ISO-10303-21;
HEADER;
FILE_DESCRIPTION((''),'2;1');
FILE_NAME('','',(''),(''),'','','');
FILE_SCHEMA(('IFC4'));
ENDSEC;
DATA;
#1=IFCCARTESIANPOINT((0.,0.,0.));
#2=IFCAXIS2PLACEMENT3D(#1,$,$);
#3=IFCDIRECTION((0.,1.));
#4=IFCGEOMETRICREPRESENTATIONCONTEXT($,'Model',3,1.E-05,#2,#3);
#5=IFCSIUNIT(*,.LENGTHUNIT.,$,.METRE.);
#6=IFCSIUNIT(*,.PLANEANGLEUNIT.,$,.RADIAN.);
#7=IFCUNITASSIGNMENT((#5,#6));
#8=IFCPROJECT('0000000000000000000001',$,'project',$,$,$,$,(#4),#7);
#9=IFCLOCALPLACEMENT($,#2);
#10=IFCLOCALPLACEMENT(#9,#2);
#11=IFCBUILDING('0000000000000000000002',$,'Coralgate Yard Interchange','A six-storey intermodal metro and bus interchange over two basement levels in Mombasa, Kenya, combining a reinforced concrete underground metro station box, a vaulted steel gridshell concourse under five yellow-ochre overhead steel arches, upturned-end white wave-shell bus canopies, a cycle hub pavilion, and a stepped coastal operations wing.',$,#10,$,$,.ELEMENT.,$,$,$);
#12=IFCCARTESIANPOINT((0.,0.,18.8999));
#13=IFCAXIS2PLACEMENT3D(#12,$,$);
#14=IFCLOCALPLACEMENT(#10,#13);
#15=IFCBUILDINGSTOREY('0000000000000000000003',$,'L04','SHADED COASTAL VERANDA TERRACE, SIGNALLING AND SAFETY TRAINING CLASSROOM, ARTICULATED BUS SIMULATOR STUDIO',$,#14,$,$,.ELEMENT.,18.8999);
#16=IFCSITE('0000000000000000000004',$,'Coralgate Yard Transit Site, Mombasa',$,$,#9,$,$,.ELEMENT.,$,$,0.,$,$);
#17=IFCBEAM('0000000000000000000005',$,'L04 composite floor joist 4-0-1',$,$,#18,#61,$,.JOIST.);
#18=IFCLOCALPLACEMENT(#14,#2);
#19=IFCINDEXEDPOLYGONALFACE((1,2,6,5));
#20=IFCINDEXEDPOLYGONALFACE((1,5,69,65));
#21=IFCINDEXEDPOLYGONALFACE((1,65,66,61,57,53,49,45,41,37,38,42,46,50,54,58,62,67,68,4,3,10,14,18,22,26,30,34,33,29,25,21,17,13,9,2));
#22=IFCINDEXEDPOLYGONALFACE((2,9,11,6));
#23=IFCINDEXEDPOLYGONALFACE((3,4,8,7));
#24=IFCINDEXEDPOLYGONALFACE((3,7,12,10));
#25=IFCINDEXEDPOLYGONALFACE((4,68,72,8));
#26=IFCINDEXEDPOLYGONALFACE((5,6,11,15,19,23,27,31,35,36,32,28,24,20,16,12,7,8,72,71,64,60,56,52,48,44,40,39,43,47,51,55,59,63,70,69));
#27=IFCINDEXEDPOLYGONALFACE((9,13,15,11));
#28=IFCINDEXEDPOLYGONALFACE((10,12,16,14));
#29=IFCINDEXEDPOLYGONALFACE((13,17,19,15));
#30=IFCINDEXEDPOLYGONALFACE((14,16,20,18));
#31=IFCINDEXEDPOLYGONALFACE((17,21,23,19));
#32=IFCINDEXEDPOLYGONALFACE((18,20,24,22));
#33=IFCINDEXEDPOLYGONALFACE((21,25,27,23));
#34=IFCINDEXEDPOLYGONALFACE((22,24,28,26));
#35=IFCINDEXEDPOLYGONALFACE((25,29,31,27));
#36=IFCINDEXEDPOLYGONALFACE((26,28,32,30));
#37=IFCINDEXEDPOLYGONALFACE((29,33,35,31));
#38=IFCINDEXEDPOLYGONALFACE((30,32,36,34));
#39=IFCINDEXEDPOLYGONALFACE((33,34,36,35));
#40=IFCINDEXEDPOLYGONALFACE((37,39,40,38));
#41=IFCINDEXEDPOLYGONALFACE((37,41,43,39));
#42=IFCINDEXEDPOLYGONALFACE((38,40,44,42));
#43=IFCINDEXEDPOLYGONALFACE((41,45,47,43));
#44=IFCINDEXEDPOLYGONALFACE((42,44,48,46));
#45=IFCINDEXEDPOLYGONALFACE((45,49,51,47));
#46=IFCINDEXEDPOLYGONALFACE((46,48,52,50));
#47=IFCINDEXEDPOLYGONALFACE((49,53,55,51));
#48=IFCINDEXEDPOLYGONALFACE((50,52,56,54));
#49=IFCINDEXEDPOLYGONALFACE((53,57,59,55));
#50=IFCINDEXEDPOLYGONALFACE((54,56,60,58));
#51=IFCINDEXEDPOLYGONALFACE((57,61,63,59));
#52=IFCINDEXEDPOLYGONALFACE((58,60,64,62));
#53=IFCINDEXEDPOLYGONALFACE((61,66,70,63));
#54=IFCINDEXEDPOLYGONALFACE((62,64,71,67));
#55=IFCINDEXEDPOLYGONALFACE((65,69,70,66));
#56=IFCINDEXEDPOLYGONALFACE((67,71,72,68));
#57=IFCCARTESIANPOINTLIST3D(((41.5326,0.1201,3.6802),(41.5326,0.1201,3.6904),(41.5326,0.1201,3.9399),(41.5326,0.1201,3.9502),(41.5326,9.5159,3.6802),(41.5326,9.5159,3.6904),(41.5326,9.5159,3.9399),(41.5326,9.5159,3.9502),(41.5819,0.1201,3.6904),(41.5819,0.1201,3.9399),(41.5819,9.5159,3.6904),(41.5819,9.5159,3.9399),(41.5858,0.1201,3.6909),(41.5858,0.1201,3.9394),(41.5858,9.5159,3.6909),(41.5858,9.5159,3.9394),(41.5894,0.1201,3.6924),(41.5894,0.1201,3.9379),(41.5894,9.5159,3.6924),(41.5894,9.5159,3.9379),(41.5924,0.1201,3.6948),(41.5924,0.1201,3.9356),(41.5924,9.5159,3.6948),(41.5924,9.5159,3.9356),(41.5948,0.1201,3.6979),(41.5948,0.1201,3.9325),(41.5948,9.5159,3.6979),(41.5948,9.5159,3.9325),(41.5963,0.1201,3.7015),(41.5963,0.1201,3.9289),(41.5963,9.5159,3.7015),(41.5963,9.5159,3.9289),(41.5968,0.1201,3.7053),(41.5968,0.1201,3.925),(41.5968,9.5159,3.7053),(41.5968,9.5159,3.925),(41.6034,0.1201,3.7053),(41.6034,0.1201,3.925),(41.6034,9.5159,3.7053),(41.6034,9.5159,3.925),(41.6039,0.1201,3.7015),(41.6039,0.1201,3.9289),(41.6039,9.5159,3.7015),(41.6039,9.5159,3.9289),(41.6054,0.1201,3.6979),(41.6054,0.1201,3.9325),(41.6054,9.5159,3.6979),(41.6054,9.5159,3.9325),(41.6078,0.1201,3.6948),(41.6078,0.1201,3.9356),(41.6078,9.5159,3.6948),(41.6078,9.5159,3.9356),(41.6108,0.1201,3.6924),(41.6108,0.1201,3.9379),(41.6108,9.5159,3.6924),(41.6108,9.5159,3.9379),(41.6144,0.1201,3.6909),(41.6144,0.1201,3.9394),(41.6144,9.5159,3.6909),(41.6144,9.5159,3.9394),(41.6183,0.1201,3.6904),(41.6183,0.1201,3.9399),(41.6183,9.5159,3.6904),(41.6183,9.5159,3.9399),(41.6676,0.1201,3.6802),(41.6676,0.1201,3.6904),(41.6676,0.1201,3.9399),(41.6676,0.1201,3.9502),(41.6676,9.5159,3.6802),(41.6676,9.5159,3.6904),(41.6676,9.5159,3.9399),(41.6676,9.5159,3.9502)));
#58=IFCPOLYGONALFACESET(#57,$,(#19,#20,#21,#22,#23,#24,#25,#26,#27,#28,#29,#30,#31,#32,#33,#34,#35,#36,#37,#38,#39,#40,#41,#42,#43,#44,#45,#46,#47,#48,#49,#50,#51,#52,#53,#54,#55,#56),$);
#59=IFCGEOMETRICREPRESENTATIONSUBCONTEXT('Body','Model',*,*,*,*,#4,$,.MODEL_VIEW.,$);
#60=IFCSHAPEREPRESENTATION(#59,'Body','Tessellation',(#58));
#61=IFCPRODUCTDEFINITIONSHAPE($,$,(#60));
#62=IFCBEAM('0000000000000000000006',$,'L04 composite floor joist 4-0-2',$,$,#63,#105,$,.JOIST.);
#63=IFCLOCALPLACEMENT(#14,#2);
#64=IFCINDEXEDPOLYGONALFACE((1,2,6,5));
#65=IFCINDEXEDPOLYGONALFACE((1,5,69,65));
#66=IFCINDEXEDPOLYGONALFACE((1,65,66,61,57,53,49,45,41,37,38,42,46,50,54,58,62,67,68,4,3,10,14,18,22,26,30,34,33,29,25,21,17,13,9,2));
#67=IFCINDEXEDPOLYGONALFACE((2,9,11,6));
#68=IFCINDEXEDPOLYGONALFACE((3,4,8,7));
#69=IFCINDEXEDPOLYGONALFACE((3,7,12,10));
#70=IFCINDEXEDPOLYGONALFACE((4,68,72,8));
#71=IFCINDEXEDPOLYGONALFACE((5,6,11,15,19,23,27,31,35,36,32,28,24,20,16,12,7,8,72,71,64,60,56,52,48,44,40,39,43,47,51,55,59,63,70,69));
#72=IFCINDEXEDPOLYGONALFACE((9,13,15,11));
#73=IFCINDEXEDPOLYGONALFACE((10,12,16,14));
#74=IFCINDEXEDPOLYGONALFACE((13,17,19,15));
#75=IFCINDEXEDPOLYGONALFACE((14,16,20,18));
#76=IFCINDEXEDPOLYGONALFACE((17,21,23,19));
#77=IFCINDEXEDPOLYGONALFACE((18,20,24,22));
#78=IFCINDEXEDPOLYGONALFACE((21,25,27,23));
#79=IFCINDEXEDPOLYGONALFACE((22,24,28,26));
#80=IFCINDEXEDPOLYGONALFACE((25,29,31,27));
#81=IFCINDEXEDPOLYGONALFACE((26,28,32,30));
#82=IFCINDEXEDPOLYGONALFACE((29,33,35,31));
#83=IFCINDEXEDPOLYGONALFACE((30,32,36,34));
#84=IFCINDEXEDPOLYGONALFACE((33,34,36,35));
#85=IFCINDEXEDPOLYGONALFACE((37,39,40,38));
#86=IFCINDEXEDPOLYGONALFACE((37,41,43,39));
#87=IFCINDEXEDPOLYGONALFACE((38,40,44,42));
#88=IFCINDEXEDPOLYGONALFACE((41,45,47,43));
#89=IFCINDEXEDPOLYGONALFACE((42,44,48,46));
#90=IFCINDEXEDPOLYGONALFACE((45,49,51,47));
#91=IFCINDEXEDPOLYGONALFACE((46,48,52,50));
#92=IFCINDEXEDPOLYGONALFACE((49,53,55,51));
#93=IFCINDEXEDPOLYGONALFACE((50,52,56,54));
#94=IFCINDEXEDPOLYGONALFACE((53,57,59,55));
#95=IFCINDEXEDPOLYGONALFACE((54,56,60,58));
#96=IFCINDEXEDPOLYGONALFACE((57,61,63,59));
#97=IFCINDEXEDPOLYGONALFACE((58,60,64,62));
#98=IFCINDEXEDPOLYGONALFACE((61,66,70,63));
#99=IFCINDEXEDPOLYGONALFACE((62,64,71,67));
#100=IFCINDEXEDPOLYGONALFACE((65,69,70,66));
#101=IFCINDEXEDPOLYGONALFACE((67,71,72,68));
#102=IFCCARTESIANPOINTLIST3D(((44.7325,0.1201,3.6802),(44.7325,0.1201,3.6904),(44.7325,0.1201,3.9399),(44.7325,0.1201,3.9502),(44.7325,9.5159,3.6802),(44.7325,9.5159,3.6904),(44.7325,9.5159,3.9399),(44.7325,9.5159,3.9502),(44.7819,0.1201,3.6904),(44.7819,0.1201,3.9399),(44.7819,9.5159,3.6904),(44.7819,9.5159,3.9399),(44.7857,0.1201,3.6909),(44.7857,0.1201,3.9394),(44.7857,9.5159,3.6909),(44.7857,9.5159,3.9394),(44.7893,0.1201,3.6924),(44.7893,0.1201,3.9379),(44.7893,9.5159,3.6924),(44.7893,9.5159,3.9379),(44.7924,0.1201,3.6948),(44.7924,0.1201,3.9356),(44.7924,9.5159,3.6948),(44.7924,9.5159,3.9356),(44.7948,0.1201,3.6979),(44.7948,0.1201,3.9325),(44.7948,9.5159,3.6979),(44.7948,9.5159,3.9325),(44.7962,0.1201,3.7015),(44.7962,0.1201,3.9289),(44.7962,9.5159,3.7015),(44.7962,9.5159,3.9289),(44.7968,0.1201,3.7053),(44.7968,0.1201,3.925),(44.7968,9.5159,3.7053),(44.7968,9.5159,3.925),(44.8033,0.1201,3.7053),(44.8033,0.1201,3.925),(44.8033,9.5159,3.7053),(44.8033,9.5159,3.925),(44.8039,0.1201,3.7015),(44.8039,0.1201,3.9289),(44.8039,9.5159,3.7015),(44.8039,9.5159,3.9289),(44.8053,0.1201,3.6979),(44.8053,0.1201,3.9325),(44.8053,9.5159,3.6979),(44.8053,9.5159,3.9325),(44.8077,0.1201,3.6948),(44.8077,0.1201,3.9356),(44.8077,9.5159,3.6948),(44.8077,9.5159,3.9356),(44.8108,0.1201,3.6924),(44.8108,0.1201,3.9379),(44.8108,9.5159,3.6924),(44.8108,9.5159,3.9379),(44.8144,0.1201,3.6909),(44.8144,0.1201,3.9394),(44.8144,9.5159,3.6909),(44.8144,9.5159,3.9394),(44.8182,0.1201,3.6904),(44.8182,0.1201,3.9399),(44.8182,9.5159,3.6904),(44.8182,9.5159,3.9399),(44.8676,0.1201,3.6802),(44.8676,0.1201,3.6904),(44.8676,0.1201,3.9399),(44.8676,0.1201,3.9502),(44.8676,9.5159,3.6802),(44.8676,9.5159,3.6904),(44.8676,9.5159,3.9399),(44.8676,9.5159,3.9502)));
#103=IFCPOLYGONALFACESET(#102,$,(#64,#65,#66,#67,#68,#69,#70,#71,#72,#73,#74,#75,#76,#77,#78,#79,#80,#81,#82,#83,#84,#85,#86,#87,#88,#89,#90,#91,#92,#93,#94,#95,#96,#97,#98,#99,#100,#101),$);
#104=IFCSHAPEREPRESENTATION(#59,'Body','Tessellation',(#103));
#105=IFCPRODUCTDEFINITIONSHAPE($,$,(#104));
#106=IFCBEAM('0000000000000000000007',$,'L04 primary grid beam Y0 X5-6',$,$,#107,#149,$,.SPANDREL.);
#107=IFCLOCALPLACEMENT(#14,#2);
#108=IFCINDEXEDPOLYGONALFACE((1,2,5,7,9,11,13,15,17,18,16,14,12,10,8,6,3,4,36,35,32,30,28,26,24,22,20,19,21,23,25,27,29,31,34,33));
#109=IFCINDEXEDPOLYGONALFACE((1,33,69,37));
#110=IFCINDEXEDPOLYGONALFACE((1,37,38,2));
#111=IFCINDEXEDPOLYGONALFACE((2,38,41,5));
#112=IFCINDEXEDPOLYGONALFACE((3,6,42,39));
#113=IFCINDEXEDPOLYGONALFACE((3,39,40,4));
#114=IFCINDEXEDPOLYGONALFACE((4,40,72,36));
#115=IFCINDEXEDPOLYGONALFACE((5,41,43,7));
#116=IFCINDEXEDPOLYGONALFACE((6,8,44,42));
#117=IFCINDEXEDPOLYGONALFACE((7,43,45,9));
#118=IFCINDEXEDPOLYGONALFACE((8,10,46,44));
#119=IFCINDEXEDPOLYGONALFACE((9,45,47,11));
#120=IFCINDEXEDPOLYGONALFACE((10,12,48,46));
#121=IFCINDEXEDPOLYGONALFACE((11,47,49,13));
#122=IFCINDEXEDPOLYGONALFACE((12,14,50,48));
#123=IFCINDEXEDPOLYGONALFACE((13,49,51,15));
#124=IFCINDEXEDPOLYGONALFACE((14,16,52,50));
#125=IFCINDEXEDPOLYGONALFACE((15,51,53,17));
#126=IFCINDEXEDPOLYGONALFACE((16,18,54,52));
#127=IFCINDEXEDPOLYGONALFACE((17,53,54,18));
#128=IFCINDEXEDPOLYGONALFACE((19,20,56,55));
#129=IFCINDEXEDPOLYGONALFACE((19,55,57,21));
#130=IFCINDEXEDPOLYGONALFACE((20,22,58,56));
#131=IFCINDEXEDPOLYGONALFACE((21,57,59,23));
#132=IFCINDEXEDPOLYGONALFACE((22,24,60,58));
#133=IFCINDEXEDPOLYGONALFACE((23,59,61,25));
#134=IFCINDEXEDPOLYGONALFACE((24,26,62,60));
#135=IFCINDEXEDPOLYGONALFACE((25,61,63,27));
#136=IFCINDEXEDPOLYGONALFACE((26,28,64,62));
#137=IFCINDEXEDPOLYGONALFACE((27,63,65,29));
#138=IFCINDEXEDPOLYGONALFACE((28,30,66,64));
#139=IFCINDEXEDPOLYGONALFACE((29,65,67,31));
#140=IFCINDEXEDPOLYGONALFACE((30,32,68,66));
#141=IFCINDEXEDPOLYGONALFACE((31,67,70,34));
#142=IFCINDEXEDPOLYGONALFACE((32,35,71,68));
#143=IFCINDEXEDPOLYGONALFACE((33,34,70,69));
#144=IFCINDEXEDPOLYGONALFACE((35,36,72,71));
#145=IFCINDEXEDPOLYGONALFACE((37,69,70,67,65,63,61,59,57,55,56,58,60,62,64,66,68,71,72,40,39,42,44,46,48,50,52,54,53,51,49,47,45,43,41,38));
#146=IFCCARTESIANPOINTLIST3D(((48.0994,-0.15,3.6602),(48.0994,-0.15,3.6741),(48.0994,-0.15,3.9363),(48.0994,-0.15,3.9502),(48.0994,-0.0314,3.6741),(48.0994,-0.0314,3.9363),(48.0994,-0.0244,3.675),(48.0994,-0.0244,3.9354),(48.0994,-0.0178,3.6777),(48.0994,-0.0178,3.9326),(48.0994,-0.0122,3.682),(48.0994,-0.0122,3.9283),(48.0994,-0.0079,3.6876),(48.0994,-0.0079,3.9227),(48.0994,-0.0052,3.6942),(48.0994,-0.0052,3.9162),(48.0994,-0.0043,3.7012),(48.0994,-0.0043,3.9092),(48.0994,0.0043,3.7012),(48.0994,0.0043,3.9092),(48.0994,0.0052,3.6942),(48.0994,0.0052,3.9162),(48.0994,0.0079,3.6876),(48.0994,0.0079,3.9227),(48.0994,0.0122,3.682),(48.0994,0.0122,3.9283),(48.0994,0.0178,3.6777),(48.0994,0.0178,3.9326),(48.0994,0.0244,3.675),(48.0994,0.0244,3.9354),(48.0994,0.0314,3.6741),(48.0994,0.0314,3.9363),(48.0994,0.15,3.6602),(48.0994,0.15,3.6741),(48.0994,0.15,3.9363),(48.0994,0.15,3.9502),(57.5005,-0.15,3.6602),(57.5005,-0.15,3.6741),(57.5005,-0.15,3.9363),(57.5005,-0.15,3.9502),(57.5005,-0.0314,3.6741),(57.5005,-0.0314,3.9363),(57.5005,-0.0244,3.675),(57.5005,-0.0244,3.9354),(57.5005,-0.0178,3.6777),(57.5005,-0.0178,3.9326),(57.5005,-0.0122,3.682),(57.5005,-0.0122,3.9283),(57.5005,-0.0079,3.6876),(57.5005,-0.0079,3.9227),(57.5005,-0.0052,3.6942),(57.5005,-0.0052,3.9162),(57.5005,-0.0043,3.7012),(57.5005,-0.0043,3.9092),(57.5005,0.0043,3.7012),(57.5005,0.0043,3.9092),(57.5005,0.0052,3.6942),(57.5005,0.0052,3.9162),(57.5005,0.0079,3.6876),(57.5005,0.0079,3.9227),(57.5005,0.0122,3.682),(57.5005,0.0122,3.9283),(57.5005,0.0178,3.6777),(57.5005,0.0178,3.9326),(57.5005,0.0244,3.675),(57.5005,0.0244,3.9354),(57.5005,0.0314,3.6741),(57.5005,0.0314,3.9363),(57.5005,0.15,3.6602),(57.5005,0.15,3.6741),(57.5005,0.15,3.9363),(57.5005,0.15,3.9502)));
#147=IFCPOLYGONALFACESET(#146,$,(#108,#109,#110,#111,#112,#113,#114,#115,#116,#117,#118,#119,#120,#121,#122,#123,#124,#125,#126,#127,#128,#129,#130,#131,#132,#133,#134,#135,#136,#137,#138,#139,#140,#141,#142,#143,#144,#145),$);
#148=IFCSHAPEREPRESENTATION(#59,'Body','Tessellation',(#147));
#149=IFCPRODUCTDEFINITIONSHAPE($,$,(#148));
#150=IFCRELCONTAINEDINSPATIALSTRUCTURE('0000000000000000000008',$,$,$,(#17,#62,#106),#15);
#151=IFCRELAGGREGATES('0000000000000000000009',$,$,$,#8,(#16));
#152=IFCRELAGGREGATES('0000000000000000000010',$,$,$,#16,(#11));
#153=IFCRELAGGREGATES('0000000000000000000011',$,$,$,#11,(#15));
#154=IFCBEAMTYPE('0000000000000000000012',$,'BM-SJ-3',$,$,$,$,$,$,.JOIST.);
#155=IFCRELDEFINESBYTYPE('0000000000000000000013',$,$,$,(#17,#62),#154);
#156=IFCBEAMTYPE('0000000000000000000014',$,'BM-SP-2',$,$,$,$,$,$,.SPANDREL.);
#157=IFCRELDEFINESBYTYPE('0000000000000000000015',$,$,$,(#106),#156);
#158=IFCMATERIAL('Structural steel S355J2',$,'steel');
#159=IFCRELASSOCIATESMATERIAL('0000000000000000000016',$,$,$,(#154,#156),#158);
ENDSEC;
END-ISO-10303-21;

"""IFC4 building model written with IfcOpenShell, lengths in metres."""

from ifc_helpers import new_model, si_unit, direction, frame, origin, origin_2d, place, context, subcontext, project, spatial, i_section, extrude, material, material_profile, profile_set, type_object, element, save


model = new_model("IFC4")

# Units and contexts
model_context = context("Model", 3, precision=1e-05, world=origin(), true_north=direction((0.0, 1.0)))
body_context = subcontext(model_context, "Body", "Model", "MODEL_VIEW")
ifc_project = project(units=[si_unit("LENGTHUNIT", "METRE"), si_unit("PLANEANGLEUNIT", "RADIAN")], contexts=[model_context])

# Site, building, storey
site_placement = place(None, origin())
site = spatial("IfcSite", under=ifc_project, at=site_placement, Name="Coralgate Yard Transit Site, Mombasa", CompositionType="ELEMENT", RefElevation=0.0)
building_placement = place(site_placement, origin())
building = spatial("IfcBuilding", under=site, at=building_placement, Name="Coralgate Yard Interchange", Description="A six-storey intermodal metro and bus interchange over two basement levels in Mombasa, Kenya, combining a reinforced concrete underground metro station box, a vaulted steel gridshell concourse under five yellow-ochre overhead steel arches, upturned-end white wave-shell bus canopies, a cycle hub pavilion, and a stepped coastal operations wing.", CompositionType="ELEMENT")
storey_placement = place(building_placement, frame((0.0, 0.0, 18.8999)))
storey = spatial("IfcBuildingStorey", under=building, at=storey_placement, Name="L04", Description="SHADED COASTAL VERANDA TERRACE, SIGNALLING AND SAFETY TRAINING CLASSROOM, ARTICULATED BUS SIMULATOR STUDIO", CompositionType="ELEMENT", Elevation=18.8999)

# Shared definitions
ifc_material_1 = material(Name="Structural steel S355J2", Category="steel")

# Beams
ifc_material_profile_1 = material_profile(ifc_material_1, i_section(OverallWidth=0.135, OverallDepth=0.27, WebThickness=0.0066, FlangeThickness=0.0103, FilletRadius=0.0149, at=origin_2d()), Name="IPE 270")
ifc_profile_set_1 = profile_set([ifc_material_profile_1], Name="Structural steel S355J2")
beam_type_1 = type_object("IfcBeamType", Name="BM-SJ-3", PredefinedType="JOIST", material=ifc_profile_set_1)
for number, where, z_axis, x_axis, name in (
    (1, (41.6001, 0.1201, 3.8152), (0.0, 1.0, 0.0), (-1.0, 0.0, 0.0), "L04 composite floor joist 4-0-1"),
    (2, (44.8, 0.1201, 3.8152), (0.0, 1.0, 0.0), (-1.0, 0.0, 0.0), "L04 composite floor joist 4-0-2"),
):
    element("IfcBeam", number, at=place(storey_placement, frame(where, z_axis=z_axis, x_axis=x_axis)), inside=storey, type_object=beam_type_1, Name=name, PredefinedType="JOIST", context=body_context, shape_type="SweptSolid", body=[
        extrude(i_section(OverallWidth=0.135, OverallDepth=0.27, WebThickness=0.0066, FlangeThickness=0.0103, FilletRadius=0.0149, at=origin_2d()), origin(), (0.0, 0.0, 1.0), 9.3958),
    ])
ifc_material_profile_2 = material_profile(ifc_material_1, i_section(OverallWidth=0.3, OverallDepth=0.29, WebThickness=0.0085, FlangeThickness=0.0139, FilletRadius=0.0271, at=origin_2d()), Name="HEA 300")
ifc_profile_set_2 = profile_set([ifc_material_profile_2], Name="Structural steel S355J2")
beam_type_2 = type_object("IfcBeamType", Name="BM-SP-2", PredefinedType="SPANDREL", material=ifc_profile_set_2)
beam_1_placement = place(storey_placement, frame((48.0994, 0.0, 3.8052), z_axis=(1.0, 0.0, 0.0), x_axis=(0.0, 1.0, 0.0)))
element("IfcBeam", 3, at=beam_1_placement, inside=storey, type_object=beam_type_2, Name="L04 primary grid beam Y0 X5-6", PredefinedType="SPANDREL", context=body_context, shape_type="SweptSolid", body=[
    extrude(i_section(OverallWidth=0.3, OverallDepth=0.29, WebThickness=0.0085, FlangeThickness=0.0139, FilletRadius=0.0271, at=origin_2d()), origin(), (0.0, 0.0, 1.0), 9.4011),
])

save(model, "model.ifc")
